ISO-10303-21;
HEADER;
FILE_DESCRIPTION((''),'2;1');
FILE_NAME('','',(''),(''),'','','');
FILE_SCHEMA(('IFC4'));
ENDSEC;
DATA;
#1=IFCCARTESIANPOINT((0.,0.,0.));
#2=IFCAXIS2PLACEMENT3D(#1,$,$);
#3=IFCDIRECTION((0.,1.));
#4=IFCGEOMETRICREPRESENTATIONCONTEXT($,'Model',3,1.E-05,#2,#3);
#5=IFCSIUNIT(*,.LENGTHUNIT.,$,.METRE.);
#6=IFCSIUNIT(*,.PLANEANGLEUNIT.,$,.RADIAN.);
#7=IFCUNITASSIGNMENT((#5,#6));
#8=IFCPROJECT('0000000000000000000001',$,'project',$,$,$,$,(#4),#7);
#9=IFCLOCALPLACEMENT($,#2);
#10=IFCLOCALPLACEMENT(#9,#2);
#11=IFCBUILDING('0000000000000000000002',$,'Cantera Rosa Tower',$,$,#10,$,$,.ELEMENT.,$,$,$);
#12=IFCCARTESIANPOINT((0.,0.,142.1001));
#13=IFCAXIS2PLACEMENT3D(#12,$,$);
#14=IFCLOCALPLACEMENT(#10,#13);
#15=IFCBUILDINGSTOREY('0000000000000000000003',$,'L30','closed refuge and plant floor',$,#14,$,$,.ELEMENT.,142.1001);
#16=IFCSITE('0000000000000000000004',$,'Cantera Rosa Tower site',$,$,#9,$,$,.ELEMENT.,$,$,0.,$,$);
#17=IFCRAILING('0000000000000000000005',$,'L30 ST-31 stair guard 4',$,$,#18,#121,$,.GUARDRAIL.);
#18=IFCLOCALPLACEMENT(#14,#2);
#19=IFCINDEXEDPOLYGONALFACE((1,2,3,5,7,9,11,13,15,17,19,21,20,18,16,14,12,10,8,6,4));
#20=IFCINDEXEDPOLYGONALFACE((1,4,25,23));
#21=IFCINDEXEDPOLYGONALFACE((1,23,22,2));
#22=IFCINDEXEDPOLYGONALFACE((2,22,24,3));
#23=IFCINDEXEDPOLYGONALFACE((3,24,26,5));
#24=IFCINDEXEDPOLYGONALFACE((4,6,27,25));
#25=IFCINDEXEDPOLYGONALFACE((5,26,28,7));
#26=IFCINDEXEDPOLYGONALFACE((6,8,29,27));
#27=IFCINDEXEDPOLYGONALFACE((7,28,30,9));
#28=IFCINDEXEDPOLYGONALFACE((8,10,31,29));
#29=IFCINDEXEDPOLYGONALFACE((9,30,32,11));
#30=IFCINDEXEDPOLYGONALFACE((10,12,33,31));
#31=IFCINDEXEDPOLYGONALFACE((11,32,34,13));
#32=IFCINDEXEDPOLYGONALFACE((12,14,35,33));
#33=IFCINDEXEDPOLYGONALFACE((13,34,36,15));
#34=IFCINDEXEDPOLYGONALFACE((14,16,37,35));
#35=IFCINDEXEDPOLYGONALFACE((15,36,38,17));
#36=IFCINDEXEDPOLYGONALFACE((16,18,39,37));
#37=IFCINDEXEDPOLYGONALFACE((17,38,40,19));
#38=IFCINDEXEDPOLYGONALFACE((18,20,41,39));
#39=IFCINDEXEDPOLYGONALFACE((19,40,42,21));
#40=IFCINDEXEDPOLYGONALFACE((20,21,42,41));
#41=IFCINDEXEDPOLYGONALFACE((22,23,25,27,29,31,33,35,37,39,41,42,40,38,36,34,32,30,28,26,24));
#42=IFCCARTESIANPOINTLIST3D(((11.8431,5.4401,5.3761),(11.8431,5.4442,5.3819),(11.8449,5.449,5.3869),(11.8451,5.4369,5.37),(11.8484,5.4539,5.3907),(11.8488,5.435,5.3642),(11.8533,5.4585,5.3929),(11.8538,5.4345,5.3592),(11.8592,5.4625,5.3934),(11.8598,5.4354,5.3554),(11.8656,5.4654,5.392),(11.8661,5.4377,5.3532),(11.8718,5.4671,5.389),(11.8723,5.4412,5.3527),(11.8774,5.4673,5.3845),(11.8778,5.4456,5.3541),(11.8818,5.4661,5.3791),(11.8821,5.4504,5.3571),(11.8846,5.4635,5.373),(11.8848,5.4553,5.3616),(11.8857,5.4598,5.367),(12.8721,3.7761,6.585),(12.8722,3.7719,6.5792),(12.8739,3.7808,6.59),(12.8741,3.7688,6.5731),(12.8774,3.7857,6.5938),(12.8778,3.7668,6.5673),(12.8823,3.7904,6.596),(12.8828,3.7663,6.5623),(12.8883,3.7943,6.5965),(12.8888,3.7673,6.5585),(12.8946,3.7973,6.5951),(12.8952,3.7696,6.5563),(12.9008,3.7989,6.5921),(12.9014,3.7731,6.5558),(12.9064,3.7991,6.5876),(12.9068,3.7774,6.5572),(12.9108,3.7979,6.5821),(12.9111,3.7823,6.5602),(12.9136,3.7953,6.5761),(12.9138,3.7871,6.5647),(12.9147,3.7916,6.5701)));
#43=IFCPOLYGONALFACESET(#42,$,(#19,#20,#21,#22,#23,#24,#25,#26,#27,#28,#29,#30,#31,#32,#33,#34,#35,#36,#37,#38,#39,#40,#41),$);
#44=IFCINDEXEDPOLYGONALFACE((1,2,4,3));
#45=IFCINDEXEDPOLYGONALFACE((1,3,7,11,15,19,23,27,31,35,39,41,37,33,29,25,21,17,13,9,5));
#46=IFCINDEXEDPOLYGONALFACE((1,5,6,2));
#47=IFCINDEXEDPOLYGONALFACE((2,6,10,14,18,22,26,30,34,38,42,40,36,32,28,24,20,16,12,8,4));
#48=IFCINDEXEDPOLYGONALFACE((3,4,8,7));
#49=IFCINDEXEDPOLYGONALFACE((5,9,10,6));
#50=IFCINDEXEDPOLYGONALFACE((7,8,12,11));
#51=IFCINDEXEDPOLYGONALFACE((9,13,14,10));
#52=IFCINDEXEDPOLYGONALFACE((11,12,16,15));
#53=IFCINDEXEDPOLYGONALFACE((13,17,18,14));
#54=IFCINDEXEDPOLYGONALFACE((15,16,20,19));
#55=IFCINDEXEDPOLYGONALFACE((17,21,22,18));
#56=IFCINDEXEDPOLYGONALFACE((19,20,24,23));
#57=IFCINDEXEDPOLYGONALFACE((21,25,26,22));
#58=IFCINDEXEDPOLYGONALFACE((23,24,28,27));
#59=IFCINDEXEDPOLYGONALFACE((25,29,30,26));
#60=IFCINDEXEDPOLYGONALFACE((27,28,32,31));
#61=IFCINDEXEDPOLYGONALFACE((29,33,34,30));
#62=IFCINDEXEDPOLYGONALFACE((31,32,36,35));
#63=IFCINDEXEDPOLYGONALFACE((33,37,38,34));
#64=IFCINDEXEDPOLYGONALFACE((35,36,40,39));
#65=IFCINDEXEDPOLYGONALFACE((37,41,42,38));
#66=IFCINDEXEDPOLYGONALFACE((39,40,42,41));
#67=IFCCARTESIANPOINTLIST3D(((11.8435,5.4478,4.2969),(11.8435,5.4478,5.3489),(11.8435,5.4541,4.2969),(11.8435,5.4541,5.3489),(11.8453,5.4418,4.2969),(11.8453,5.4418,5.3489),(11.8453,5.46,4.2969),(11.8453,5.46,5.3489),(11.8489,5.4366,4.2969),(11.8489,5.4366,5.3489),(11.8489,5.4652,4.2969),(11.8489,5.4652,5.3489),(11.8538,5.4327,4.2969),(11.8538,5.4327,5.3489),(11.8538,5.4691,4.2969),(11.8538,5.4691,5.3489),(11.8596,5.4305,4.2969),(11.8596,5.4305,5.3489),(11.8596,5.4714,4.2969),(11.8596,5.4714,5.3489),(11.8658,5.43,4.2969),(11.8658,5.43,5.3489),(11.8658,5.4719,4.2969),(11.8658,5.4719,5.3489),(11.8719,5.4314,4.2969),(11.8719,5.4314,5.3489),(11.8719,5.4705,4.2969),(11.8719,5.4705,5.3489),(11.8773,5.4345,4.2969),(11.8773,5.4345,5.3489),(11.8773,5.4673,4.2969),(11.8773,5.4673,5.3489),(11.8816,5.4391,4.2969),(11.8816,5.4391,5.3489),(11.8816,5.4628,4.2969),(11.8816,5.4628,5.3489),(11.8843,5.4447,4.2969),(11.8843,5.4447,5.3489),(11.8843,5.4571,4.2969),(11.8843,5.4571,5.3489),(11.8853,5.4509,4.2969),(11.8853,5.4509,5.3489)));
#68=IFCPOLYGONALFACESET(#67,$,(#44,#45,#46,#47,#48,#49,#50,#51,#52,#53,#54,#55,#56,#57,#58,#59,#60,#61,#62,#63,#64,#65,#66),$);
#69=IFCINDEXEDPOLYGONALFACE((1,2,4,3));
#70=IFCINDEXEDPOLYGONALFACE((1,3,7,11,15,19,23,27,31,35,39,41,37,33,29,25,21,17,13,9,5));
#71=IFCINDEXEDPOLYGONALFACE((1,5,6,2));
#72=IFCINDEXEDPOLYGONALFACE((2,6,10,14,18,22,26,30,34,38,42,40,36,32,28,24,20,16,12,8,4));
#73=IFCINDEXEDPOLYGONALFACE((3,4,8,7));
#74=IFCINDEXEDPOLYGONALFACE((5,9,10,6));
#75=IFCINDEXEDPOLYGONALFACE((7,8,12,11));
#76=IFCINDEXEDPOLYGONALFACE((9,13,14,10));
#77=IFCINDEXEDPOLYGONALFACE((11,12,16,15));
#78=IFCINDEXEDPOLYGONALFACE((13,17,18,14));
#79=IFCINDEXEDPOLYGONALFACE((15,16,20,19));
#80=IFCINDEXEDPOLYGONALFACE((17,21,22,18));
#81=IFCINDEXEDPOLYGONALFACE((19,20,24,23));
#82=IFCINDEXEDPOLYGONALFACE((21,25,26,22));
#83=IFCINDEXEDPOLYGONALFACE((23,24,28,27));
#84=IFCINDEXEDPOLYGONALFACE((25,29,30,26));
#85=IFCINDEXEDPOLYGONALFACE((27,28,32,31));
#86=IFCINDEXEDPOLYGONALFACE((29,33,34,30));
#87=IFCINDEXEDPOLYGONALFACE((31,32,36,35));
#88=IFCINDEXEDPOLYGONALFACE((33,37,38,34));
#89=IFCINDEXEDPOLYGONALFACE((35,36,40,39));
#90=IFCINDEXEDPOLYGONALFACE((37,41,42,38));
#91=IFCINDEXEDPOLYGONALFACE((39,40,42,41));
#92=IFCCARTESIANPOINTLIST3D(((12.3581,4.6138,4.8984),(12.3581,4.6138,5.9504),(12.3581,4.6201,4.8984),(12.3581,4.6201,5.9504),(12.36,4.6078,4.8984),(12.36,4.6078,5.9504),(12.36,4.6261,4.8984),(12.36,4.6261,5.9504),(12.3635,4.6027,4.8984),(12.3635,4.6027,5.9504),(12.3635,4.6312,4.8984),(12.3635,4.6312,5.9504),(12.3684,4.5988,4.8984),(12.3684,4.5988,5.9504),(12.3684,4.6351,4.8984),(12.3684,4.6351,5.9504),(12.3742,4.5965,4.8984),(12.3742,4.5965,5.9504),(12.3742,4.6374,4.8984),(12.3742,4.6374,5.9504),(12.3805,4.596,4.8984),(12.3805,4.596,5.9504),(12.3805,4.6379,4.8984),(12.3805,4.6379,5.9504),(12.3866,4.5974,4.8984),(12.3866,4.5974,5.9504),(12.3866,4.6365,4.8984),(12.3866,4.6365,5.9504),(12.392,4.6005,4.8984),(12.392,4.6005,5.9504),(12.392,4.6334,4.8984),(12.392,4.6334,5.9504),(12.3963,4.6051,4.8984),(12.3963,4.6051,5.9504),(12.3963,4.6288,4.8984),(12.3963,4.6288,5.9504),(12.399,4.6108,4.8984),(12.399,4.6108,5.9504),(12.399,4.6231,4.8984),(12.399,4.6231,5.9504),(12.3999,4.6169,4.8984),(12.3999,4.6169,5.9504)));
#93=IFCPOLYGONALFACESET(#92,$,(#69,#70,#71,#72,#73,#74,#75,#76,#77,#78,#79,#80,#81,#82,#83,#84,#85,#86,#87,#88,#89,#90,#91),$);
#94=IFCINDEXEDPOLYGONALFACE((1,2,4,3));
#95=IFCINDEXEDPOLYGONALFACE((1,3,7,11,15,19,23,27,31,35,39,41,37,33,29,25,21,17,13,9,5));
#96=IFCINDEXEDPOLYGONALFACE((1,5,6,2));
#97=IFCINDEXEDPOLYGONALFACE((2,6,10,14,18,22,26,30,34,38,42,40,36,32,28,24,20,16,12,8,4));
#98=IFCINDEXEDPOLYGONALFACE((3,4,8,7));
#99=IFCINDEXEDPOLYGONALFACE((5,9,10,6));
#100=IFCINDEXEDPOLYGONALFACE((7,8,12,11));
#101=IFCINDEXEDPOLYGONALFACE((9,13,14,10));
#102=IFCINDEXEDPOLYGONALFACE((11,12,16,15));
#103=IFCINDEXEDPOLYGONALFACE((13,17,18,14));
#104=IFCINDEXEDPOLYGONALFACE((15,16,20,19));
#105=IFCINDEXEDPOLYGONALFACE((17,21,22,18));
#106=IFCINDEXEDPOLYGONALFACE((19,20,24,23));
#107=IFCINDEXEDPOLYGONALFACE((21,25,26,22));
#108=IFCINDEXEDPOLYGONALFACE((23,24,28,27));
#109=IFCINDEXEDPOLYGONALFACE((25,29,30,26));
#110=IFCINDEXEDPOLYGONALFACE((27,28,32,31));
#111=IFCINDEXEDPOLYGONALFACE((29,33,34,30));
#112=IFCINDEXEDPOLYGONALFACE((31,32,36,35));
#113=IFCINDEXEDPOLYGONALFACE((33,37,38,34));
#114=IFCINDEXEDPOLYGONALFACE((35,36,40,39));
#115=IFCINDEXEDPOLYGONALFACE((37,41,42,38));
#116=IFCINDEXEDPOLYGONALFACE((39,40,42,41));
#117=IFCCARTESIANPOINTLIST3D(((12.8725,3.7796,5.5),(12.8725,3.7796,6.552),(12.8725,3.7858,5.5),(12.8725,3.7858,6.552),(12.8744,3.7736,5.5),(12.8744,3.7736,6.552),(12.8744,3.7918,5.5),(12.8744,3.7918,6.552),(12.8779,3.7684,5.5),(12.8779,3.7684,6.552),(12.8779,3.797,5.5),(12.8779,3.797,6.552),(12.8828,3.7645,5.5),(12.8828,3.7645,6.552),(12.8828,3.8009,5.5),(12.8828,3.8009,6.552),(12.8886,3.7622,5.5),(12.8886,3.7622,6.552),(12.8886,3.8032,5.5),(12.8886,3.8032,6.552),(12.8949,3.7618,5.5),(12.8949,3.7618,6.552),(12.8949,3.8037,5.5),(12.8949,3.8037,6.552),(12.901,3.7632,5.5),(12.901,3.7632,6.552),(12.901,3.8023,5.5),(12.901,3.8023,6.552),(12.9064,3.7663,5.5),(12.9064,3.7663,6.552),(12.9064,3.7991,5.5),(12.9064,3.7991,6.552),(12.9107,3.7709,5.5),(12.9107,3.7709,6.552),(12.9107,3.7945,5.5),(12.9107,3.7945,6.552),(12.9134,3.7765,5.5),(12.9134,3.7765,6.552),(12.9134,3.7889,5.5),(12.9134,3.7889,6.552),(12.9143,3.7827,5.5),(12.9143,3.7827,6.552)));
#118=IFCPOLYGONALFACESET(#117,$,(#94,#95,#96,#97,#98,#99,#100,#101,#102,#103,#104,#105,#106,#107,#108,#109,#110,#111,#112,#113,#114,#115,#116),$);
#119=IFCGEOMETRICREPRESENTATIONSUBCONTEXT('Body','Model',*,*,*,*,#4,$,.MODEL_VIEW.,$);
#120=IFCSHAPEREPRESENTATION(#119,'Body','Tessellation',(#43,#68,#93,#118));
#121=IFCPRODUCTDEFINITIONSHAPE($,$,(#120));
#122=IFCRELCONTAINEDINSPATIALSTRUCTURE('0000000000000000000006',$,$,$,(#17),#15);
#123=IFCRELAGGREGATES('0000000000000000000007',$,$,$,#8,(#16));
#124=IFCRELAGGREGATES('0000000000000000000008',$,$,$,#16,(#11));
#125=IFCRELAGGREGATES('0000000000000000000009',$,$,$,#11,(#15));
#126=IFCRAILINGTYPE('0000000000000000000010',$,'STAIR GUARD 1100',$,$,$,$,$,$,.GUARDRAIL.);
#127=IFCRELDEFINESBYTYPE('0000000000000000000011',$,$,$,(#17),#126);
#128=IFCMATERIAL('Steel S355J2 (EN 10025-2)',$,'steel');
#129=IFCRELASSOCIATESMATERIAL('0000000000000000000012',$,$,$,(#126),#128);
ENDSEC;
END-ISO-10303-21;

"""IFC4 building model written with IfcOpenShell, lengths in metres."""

from ifc_helpers import new_model, si_unit, direction, frame, origin, origin_2d, place, context, subcontext, project, spatial, circle, extrude, material, type_object, element, save


model = new_model("IFC4")

# Units and contexts
model_context = context("Model", 3, precision=1e-05, world=origin(), true_north=direction((0.0, 1.0)))
body_context = subcontext(model_context, "Body", "Model", "MODEL_VIEW")
ifc_project = project(units=[si_unit("LENGTHUNIT", "METRE"), si_unit("PLANEANGLEUNIT", "RADIAN")], contexts=[model_context])

# Site, building, storey
site_placement = place(None, origin())
site = spatial("IfcSite", under=ifc_project, at=site_placement, Name="Cantera Rosa Tower site", CompositionType="ELEMENT", RefElevation=0.0)
building_placement = place(site_placement, origin())
building = spatial("IfcBuilding", under=site, at=building_placement, Name="Cantera Rosa Tower", CompositionType="ELEMENT")
storey_placement = place(building_placement, frame((0.0, 0.0, 142.1001)))
storey = spatial("IfcBuildingStorey", under=building, at=storey_placement, Name="L30", Description="closed refuge and plant floor", CompositionType="ELEMENT", Elevation=142.1001)

# Railing
ifc_material_1 = material(Name="Steel S355J2 (EN 10025-2)", Category="steel")
railing_type = type_object("IfcRailingType", Name="STAIR GUARD 1100", PredefinedType="GUARDRAIL", material=ifc_material_1)
railing_placement = place(storey_placement, frame((11.8643, 5.4509, 4.2969)))
element("IfcRailing", 1, at=railing_placement, inside=storey, type_object=railing_type, Name="L30 ST-31 stair guard 4", PredefinedType="GUARDRAIL", context=body_context, shape_type="SweptSolid", body=[
    extrude(circle(Radius=0.0239, at=origin_2d()), frame((0.0, 0.0, 1.0762), z_axis=(0.44744, -0.725352, 0.523128), x_axis=(0.851098, 0.525008, 0.0)), (0.0, 0.0, 1.0), 2.2998),
    extrude(circle(Radius=0.021, at=origin_2d()), origin(), (0.0, 0.0, 1.0), 1.052),
    extrude(circle(Radius=0.021, at=origin_2d()), frame((0.5146, -0.834, 0.6016)), (0.0, 0.0, 1.0), 1.052),
    extrude(circle(Radius=0.021, at=origin_2d()), frame((1.0291, -1.6682, 1.2031)), (0.0, 0.0, 1.0), 1.052),
])

save(model, "model.ifc")
